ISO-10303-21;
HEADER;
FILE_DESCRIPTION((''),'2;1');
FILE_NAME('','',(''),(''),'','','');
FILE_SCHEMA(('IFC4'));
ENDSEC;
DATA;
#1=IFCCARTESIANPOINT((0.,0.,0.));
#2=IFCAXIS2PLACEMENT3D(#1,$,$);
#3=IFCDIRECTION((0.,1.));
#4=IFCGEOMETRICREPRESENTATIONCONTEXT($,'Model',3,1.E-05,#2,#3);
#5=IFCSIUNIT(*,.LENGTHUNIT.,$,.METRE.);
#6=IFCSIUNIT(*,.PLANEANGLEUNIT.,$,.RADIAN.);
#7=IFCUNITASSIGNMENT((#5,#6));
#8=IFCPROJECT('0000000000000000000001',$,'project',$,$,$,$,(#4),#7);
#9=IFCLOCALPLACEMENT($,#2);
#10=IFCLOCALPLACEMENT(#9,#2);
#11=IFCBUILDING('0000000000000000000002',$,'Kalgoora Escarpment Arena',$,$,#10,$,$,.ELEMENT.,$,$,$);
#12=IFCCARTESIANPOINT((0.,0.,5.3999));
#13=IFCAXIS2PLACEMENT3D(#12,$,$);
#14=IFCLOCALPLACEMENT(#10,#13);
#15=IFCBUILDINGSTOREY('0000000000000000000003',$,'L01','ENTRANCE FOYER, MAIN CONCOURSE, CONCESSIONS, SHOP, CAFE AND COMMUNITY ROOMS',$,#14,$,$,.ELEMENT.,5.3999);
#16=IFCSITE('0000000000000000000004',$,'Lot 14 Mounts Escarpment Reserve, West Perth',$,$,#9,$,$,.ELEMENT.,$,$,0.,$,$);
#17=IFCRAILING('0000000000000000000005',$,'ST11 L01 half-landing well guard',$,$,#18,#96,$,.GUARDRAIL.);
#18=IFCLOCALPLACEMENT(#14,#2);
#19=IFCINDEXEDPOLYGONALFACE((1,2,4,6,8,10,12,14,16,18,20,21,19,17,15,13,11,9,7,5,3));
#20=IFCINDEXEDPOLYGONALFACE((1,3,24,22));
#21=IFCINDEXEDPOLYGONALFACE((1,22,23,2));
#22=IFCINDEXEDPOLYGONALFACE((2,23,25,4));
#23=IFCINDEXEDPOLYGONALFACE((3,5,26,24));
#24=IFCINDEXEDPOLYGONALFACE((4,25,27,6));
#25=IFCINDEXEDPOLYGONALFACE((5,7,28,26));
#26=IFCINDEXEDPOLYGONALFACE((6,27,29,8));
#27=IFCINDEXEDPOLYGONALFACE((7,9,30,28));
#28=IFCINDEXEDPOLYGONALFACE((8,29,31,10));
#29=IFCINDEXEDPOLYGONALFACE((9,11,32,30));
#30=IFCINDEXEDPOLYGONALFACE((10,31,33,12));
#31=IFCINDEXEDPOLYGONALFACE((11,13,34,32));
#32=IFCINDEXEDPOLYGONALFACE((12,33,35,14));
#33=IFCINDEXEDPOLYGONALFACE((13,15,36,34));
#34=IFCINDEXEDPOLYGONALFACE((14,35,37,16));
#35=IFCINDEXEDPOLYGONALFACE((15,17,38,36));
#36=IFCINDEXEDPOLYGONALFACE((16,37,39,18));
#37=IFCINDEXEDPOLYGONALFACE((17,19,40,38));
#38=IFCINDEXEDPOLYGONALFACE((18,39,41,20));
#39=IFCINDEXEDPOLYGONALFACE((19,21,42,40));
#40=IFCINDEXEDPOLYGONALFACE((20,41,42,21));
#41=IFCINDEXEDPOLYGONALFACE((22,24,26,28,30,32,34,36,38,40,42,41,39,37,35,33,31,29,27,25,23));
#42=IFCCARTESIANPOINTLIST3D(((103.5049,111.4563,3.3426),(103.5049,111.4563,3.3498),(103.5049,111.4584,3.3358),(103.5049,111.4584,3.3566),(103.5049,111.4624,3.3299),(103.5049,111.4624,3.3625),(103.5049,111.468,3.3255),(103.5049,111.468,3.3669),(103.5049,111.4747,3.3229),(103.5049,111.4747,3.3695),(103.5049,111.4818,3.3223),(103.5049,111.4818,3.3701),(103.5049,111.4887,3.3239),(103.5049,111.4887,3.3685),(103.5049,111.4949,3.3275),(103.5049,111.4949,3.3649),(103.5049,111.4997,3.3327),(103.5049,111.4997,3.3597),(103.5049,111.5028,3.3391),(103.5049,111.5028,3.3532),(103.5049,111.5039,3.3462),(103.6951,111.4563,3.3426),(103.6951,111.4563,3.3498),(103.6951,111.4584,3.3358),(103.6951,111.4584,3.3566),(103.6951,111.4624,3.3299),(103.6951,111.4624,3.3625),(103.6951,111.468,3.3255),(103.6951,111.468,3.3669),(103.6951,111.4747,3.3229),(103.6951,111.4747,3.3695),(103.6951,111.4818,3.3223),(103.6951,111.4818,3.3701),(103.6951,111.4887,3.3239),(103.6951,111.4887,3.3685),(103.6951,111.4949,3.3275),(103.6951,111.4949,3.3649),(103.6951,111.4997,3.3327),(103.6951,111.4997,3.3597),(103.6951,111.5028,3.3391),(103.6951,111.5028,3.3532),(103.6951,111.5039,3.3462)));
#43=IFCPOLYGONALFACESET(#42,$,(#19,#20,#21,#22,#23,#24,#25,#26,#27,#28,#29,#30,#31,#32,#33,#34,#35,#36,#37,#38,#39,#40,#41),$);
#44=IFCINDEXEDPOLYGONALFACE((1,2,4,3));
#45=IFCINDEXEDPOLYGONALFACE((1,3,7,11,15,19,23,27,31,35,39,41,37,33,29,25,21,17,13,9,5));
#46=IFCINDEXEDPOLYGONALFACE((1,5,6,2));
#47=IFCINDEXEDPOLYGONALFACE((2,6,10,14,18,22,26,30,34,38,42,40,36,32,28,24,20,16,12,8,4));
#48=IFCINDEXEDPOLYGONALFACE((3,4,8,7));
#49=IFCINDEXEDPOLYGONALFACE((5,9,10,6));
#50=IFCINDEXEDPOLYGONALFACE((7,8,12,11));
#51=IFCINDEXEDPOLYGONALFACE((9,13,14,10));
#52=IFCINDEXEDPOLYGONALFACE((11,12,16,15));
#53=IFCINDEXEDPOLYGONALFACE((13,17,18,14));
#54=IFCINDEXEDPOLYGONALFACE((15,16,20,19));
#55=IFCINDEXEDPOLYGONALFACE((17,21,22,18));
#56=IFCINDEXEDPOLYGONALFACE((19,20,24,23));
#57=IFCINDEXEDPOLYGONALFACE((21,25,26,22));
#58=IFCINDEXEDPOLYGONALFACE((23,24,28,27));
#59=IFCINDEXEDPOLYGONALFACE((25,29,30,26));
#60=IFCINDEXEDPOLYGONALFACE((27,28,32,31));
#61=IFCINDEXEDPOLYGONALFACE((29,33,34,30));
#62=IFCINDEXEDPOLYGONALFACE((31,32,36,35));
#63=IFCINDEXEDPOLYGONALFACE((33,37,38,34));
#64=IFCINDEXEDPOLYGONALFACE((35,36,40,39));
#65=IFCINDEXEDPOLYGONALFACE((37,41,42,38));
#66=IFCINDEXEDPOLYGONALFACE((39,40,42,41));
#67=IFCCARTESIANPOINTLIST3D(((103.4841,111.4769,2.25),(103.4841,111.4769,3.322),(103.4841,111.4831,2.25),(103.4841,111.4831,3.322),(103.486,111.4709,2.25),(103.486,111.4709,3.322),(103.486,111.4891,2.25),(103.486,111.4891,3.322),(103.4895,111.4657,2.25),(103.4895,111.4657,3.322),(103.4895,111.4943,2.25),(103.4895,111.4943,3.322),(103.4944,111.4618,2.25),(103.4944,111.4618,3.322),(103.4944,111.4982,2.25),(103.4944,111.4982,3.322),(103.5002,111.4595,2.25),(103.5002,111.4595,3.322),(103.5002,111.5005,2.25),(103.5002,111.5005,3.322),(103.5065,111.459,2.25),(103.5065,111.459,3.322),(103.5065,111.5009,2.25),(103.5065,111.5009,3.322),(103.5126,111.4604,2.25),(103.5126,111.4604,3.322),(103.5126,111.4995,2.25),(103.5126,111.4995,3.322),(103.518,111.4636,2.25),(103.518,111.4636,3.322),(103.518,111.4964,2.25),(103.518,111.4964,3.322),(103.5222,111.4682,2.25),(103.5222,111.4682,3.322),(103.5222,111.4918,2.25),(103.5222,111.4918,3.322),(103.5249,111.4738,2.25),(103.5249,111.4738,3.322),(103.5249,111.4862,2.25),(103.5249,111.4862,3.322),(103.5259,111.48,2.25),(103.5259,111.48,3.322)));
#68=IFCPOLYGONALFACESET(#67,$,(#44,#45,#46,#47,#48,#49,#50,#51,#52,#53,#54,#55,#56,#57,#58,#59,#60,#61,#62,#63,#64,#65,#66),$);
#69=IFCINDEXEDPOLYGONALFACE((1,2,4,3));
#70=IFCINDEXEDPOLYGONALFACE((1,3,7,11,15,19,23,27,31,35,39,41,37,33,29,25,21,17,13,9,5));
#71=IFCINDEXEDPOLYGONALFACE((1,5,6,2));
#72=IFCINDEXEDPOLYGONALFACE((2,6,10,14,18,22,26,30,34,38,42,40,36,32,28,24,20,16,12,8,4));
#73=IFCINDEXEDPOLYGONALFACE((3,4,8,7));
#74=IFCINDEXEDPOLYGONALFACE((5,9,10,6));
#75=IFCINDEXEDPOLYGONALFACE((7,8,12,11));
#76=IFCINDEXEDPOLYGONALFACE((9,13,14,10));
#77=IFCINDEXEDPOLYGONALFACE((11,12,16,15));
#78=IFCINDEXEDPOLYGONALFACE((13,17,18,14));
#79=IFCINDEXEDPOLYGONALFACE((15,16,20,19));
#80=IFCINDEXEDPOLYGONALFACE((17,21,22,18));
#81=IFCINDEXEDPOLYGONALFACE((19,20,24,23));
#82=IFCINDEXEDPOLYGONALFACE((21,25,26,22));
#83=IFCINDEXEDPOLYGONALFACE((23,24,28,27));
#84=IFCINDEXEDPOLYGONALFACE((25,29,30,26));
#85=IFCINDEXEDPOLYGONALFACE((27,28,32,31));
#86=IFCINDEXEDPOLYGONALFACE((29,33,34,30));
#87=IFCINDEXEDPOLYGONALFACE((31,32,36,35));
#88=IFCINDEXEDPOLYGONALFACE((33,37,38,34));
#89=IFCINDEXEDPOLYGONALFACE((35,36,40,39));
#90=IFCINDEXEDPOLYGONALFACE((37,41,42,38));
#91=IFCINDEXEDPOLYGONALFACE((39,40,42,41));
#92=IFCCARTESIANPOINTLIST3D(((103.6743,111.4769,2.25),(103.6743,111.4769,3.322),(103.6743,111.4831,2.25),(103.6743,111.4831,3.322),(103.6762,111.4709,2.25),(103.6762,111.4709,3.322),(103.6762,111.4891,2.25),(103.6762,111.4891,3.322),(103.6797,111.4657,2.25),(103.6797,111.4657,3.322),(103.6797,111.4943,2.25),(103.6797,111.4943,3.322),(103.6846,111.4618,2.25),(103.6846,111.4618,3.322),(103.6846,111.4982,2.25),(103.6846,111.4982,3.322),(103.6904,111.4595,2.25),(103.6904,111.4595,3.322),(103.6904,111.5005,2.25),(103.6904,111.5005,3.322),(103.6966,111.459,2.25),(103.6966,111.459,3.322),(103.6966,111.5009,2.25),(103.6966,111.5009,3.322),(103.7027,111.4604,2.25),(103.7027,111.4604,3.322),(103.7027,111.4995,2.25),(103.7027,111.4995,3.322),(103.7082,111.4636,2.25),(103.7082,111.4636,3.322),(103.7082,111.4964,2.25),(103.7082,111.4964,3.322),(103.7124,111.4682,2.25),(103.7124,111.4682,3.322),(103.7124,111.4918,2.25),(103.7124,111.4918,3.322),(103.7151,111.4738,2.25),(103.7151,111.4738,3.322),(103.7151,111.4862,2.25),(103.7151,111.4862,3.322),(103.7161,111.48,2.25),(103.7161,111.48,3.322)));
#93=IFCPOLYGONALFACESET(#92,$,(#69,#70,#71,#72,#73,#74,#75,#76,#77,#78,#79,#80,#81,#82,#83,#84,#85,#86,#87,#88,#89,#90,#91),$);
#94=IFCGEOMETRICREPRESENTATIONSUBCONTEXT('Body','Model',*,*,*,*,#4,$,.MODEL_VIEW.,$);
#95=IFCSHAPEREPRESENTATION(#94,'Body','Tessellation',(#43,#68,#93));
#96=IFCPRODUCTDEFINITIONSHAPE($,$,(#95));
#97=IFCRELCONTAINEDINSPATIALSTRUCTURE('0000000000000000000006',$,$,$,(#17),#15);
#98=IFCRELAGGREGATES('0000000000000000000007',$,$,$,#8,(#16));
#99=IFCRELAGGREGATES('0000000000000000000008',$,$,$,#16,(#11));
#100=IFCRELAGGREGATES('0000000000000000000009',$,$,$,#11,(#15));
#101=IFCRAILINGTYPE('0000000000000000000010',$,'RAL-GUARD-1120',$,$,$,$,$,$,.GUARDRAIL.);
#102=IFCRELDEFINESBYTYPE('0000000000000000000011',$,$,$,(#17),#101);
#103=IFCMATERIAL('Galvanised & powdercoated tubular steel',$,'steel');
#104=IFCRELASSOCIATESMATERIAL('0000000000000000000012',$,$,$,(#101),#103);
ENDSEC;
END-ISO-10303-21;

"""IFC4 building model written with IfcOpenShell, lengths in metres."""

from ifc_helpers import new_model, si_unit, direction, frame, origin, origin_2d, place, context, subcontext, project, spatial, circle, extrude, material, type_object, element, save


model = new_model("IFC4")

# Units and contexts
model_context = context("Model", 3, precision=1e-05, world=origin(), true_north=direction((0.0, 1.0)))
body_context = subcontext(model_context, "Body", "Model", "MODEL_VIEW")
ifc_project = project(units=[si_unit("LENGTHUNIT", "METRE"), si_unit("PLANEANGLEUNIT", "RADIAN")], contexts=[model_context])

# Site, building, storey
site_placement = place(None, origin())
site = spatial("IfcSite", under=ifc_project, at=site_placement, Name="Lot 14 Mounts Escarpment Reserve, West Perth", CompositionType="ELEMENT", RefElevation=0.0)
building_placement = place(site_placement, origin())
building = spatial("IfcBuilding", under=site, at=building_placement, Name="Kalgoora Escarpment Arena", CompositionType="ELEMENT")
storey_placement = place(building_placement, frame((0.0, 0.0, 5.3999)))
storey = spatial("IfcBuildingStorey", under=building, at=storey_placement, Name="L01", Description="ENTRANCE FOYER, MAIN CONCOURSE, CONCESSIONS, SHOP, CAFE AND COMMUNITY ROOMS", CompositionType="ELEMENT", Elevation=5.3999)

# Railing
ifc_material_1 = material(Name="Galvanised & powdercoated tubular steel", Category="steel")
railing_type_1 = type_object("IfcRailingType", Name="RAL-GUARD-1120", PredefinedType="GUARDRAIL", material=ifc_material_1)
railing_1_placement = place(storey_placement, frame((103.5049, 111.48, 2.25)))
element("IfcRailing", 1, at=railing_1_placement, inside=storey, type_object=railing_type_1, Name="ST11 L01 half-landing well guard", PredefinedType="GUARDRAIL", context=body_context, shape_type="SweptSolid", body=[
    extrude(circle(Radius=0.0239, at=origin_2d()), frame((0.0, 0.0, 1.0962), z_axis=(1.0, 0.0, 0.0), x_axis=(0.0, 1.0, 0.0)), (0.0, 0.0, 1.0), 0.1902),
    extrude(circle(Radius=0.021, at=origin_2d()), origin(), (0.0, 0.0, 1.0), 1.072),
    extrude(circle(Radius=0.021, at=origin_2d()), frame((0.1902, 0.0, 0.0)), (0.0, 0.0, 1.0), 1.072),
])

save(model, "model.ifc")
